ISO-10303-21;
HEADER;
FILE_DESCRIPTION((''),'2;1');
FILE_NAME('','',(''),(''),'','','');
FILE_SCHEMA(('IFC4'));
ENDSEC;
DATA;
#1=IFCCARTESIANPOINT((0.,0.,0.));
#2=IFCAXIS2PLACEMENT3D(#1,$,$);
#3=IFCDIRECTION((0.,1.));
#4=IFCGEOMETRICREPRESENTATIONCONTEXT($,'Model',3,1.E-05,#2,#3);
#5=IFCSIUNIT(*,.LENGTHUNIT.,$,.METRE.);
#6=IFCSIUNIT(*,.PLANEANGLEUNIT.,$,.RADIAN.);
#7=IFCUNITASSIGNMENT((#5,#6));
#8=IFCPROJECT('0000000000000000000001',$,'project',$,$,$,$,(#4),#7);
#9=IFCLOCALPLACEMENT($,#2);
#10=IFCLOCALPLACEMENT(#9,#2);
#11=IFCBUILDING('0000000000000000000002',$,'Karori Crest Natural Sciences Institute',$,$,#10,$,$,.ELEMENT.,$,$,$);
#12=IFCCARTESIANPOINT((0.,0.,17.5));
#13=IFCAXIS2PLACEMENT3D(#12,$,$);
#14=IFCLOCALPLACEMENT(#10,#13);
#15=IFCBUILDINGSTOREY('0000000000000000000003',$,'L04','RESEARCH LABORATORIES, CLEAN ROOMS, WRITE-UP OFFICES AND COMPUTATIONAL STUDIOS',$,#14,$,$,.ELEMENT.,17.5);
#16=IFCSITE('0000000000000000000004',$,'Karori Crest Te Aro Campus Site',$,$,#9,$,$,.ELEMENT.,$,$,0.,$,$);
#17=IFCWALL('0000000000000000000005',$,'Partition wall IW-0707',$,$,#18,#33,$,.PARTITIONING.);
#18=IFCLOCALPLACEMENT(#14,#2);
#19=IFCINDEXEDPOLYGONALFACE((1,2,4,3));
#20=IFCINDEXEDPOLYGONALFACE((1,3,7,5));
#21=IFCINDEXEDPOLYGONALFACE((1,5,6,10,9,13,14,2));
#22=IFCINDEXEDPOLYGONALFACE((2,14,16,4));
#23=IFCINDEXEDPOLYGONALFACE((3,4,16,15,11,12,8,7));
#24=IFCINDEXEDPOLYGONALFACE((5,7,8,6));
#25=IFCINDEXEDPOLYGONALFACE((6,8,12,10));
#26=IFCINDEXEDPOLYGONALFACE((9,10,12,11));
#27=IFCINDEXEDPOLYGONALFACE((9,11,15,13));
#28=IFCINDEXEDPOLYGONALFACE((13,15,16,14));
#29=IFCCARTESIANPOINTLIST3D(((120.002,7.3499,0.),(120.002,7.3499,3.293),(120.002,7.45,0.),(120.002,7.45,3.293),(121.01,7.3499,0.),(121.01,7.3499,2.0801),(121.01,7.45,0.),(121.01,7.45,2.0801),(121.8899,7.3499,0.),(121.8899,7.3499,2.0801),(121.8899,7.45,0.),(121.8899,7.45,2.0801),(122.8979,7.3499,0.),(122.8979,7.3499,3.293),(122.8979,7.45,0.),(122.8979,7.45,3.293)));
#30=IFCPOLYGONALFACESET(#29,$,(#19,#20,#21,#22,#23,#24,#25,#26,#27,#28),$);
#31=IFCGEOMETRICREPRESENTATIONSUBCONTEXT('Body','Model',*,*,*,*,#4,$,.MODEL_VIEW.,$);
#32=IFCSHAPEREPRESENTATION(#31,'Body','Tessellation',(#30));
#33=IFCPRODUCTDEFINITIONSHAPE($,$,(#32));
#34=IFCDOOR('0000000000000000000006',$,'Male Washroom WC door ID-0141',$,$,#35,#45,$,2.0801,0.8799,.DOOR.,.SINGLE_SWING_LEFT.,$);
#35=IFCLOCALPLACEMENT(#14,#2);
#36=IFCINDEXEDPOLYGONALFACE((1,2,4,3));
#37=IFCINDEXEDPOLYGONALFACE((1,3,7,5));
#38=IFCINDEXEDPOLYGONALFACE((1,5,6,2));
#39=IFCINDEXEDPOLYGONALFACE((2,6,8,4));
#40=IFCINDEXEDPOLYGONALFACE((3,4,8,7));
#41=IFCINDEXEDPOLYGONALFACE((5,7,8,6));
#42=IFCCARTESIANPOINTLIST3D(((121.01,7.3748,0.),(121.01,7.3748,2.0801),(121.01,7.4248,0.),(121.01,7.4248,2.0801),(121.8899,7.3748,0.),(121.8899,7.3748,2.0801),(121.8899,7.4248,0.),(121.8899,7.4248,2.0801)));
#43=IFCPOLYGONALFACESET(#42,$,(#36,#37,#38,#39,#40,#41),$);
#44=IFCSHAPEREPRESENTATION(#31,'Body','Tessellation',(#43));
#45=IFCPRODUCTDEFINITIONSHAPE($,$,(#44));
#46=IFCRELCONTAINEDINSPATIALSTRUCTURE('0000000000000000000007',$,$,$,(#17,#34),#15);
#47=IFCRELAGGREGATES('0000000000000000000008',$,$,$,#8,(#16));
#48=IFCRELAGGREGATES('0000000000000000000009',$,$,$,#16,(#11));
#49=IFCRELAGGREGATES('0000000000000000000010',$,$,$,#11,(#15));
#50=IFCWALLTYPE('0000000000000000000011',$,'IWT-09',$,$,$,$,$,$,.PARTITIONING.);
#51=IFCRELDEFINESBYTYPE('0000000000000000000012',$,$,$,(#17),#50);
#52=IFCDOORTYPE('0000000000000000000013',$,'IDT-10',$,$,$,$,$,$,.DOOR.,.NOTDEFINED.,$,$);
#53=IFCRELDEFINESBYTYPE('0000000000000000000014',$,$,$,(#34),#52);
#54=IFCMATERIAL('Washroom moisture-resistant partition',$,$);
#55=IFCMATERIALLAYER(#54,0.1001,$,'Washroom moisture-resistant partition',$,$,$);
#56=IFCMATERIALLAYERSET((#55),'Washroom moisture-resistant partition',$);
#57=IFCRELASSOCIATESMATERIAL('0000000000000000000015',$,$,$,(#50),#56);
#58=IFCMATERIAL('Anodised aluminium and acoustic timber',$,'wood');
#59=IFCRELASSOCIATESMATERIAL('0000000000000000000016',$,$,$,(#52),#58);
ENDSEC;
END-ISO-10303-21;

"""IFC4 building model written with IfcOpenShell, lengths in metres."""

from ifc_helpers import new_model, si_unit, direction, frame, frame_2d, origin, place, context, subcontext, project, spatial, rectangle, extrude, material, layer, layer_set, type_object, element, fill, save


model = new_model("IFC4")

# Units and contexts
model_context = context("Model", 3, precision=1e-05, world=origin(), true_north=direction((0.0, 1.0)))
body_context = subcontext(model_context, "Body", "Model", "MODEL_VIEW")
ifc_project = project(units=[si_unit("LENGTHUNIT", "METRE"), si_unit("PLANEANGLEUNIT", "RADIAN")], contexts=[model_context])

# Site, building, storey
site_placement = place(None, origin())
site = spatial("IfcSite", under=ifc_project, at=site_placement, Name="Karori Crest Te Aro Campus Site", CompositionType="ELEMENT", RefElevation=0.0)
building_placement = place(site_placement, origin())
building = spatial("IfcBuilding", under=site, at=building_placement, Name="Karori Crest Natural Sciences Institute", CompositionType="ELEMENT")
storey_placement = place(building_placement, frame((0.0, 0.0, 17.5)))
storey = spatial("IfcBuildingStorey", under=building, at=storey_placement, Name="L04", Description="RESEARCH LABORATORIES, CLEAN ROOMS, WRITE-UP OFFICES AND COMPUTATIONAL STUDIOS", CompositionType="ELEMENT", Elevation=17.5)

# Shared definitions
ifc_material_1 = material(Name="Washroom moisture-resistant partition")
ifc_layer_1 = layer(ifc_material_1, 0.1001, Name="Washroom moisture-resistant partition")
ifc_layer_set_1 = layer_set([ifc_layer_1], Name="Washroom moisture-resistant partition")
wall_type_1 = type_object("IfcWallType", Name="IWT-09", PredefinedType="PARTITIONING", material=ifc_layer_set_1)

# Shared definitions
ifc_material_2 = material(Name="Anodised aluminium and acoustic timber", Category="wood")

# Shared definitions
door_type_1 = type_object("IfcDoorType", Name="IDT-10", OperationType="NOTDEFINED", PredefinedType="DOOR", material=ifc_material_2)

# Wall, opening, door
wall_1_placement = place(storey_placement, frame((120.002, 7.3999, 0.0), z_axis=(0.0, 0.0, 1.0), x_axis=(1.0, 0.0, 0.0)))
wall_1 = element("IfcWall", 1, at=wall_1_placement, inside=storey, type_object=wall_type_1, Name="Partition wall IW-0707", PredefinedType="PARTITIONING", context=body_context, shape_type="SweptSolid", body=[
    extrude(rectangle(XDim=2.896, YDim=0.1001, at=frame_2d((1.448, 0.0))), origin(), (0.0, 0.0, 1.0), 3.293),
])
opening_1_placement = place(wall_1_placement, frame((1.0081, 0.0, 0.0)))
opening_1 = element("IfcOpeningElement", 2, at=opening_1_placement, cuts=wall_1, PredefinedType="OPENING", context=body_context, shape_type="SweptSolid", body=[
    extrude(rectangle(XDim=0.8799, YDim=2.0801, at=frame_2d((0.4399, 1.04))), frame((0.0, 0.0601, 0.0), z_axis=(0.0, -1.0, 0.0), x_axis=(1.0, 0.0, 0.0)), (0.0, 0.0, 1.0), 0.1201),
])
door_1_placement = place(opening_1_placement, origin())
door_1 = element("IfcDoor", 3, at=door_1_placement, inside=storey, type_object=door_type_1, Name="Male Washroom WC door ID-0141", OperationType="SINGLE_SWING_LEFT", OverallHeight=2.0801, OverallWidth=0.8799, PredefinedType="DOOR", context=body_context, shape_type="SweptSolid", body=[
    extrude(rectangle(XDim=0.8799, YDim=2.0801, at=frame_2d((0.4399, 1.04))), frame((0.0, 0.0249, 0.0), z_axis=(0.0, -1.0, 0.0), x_axis=(1.0, 0.0, 0.0)), (0.0, 0.0, 1.0), 0.05),
])
fill(opening_1, door_1)

save(model, "model.ifc")
